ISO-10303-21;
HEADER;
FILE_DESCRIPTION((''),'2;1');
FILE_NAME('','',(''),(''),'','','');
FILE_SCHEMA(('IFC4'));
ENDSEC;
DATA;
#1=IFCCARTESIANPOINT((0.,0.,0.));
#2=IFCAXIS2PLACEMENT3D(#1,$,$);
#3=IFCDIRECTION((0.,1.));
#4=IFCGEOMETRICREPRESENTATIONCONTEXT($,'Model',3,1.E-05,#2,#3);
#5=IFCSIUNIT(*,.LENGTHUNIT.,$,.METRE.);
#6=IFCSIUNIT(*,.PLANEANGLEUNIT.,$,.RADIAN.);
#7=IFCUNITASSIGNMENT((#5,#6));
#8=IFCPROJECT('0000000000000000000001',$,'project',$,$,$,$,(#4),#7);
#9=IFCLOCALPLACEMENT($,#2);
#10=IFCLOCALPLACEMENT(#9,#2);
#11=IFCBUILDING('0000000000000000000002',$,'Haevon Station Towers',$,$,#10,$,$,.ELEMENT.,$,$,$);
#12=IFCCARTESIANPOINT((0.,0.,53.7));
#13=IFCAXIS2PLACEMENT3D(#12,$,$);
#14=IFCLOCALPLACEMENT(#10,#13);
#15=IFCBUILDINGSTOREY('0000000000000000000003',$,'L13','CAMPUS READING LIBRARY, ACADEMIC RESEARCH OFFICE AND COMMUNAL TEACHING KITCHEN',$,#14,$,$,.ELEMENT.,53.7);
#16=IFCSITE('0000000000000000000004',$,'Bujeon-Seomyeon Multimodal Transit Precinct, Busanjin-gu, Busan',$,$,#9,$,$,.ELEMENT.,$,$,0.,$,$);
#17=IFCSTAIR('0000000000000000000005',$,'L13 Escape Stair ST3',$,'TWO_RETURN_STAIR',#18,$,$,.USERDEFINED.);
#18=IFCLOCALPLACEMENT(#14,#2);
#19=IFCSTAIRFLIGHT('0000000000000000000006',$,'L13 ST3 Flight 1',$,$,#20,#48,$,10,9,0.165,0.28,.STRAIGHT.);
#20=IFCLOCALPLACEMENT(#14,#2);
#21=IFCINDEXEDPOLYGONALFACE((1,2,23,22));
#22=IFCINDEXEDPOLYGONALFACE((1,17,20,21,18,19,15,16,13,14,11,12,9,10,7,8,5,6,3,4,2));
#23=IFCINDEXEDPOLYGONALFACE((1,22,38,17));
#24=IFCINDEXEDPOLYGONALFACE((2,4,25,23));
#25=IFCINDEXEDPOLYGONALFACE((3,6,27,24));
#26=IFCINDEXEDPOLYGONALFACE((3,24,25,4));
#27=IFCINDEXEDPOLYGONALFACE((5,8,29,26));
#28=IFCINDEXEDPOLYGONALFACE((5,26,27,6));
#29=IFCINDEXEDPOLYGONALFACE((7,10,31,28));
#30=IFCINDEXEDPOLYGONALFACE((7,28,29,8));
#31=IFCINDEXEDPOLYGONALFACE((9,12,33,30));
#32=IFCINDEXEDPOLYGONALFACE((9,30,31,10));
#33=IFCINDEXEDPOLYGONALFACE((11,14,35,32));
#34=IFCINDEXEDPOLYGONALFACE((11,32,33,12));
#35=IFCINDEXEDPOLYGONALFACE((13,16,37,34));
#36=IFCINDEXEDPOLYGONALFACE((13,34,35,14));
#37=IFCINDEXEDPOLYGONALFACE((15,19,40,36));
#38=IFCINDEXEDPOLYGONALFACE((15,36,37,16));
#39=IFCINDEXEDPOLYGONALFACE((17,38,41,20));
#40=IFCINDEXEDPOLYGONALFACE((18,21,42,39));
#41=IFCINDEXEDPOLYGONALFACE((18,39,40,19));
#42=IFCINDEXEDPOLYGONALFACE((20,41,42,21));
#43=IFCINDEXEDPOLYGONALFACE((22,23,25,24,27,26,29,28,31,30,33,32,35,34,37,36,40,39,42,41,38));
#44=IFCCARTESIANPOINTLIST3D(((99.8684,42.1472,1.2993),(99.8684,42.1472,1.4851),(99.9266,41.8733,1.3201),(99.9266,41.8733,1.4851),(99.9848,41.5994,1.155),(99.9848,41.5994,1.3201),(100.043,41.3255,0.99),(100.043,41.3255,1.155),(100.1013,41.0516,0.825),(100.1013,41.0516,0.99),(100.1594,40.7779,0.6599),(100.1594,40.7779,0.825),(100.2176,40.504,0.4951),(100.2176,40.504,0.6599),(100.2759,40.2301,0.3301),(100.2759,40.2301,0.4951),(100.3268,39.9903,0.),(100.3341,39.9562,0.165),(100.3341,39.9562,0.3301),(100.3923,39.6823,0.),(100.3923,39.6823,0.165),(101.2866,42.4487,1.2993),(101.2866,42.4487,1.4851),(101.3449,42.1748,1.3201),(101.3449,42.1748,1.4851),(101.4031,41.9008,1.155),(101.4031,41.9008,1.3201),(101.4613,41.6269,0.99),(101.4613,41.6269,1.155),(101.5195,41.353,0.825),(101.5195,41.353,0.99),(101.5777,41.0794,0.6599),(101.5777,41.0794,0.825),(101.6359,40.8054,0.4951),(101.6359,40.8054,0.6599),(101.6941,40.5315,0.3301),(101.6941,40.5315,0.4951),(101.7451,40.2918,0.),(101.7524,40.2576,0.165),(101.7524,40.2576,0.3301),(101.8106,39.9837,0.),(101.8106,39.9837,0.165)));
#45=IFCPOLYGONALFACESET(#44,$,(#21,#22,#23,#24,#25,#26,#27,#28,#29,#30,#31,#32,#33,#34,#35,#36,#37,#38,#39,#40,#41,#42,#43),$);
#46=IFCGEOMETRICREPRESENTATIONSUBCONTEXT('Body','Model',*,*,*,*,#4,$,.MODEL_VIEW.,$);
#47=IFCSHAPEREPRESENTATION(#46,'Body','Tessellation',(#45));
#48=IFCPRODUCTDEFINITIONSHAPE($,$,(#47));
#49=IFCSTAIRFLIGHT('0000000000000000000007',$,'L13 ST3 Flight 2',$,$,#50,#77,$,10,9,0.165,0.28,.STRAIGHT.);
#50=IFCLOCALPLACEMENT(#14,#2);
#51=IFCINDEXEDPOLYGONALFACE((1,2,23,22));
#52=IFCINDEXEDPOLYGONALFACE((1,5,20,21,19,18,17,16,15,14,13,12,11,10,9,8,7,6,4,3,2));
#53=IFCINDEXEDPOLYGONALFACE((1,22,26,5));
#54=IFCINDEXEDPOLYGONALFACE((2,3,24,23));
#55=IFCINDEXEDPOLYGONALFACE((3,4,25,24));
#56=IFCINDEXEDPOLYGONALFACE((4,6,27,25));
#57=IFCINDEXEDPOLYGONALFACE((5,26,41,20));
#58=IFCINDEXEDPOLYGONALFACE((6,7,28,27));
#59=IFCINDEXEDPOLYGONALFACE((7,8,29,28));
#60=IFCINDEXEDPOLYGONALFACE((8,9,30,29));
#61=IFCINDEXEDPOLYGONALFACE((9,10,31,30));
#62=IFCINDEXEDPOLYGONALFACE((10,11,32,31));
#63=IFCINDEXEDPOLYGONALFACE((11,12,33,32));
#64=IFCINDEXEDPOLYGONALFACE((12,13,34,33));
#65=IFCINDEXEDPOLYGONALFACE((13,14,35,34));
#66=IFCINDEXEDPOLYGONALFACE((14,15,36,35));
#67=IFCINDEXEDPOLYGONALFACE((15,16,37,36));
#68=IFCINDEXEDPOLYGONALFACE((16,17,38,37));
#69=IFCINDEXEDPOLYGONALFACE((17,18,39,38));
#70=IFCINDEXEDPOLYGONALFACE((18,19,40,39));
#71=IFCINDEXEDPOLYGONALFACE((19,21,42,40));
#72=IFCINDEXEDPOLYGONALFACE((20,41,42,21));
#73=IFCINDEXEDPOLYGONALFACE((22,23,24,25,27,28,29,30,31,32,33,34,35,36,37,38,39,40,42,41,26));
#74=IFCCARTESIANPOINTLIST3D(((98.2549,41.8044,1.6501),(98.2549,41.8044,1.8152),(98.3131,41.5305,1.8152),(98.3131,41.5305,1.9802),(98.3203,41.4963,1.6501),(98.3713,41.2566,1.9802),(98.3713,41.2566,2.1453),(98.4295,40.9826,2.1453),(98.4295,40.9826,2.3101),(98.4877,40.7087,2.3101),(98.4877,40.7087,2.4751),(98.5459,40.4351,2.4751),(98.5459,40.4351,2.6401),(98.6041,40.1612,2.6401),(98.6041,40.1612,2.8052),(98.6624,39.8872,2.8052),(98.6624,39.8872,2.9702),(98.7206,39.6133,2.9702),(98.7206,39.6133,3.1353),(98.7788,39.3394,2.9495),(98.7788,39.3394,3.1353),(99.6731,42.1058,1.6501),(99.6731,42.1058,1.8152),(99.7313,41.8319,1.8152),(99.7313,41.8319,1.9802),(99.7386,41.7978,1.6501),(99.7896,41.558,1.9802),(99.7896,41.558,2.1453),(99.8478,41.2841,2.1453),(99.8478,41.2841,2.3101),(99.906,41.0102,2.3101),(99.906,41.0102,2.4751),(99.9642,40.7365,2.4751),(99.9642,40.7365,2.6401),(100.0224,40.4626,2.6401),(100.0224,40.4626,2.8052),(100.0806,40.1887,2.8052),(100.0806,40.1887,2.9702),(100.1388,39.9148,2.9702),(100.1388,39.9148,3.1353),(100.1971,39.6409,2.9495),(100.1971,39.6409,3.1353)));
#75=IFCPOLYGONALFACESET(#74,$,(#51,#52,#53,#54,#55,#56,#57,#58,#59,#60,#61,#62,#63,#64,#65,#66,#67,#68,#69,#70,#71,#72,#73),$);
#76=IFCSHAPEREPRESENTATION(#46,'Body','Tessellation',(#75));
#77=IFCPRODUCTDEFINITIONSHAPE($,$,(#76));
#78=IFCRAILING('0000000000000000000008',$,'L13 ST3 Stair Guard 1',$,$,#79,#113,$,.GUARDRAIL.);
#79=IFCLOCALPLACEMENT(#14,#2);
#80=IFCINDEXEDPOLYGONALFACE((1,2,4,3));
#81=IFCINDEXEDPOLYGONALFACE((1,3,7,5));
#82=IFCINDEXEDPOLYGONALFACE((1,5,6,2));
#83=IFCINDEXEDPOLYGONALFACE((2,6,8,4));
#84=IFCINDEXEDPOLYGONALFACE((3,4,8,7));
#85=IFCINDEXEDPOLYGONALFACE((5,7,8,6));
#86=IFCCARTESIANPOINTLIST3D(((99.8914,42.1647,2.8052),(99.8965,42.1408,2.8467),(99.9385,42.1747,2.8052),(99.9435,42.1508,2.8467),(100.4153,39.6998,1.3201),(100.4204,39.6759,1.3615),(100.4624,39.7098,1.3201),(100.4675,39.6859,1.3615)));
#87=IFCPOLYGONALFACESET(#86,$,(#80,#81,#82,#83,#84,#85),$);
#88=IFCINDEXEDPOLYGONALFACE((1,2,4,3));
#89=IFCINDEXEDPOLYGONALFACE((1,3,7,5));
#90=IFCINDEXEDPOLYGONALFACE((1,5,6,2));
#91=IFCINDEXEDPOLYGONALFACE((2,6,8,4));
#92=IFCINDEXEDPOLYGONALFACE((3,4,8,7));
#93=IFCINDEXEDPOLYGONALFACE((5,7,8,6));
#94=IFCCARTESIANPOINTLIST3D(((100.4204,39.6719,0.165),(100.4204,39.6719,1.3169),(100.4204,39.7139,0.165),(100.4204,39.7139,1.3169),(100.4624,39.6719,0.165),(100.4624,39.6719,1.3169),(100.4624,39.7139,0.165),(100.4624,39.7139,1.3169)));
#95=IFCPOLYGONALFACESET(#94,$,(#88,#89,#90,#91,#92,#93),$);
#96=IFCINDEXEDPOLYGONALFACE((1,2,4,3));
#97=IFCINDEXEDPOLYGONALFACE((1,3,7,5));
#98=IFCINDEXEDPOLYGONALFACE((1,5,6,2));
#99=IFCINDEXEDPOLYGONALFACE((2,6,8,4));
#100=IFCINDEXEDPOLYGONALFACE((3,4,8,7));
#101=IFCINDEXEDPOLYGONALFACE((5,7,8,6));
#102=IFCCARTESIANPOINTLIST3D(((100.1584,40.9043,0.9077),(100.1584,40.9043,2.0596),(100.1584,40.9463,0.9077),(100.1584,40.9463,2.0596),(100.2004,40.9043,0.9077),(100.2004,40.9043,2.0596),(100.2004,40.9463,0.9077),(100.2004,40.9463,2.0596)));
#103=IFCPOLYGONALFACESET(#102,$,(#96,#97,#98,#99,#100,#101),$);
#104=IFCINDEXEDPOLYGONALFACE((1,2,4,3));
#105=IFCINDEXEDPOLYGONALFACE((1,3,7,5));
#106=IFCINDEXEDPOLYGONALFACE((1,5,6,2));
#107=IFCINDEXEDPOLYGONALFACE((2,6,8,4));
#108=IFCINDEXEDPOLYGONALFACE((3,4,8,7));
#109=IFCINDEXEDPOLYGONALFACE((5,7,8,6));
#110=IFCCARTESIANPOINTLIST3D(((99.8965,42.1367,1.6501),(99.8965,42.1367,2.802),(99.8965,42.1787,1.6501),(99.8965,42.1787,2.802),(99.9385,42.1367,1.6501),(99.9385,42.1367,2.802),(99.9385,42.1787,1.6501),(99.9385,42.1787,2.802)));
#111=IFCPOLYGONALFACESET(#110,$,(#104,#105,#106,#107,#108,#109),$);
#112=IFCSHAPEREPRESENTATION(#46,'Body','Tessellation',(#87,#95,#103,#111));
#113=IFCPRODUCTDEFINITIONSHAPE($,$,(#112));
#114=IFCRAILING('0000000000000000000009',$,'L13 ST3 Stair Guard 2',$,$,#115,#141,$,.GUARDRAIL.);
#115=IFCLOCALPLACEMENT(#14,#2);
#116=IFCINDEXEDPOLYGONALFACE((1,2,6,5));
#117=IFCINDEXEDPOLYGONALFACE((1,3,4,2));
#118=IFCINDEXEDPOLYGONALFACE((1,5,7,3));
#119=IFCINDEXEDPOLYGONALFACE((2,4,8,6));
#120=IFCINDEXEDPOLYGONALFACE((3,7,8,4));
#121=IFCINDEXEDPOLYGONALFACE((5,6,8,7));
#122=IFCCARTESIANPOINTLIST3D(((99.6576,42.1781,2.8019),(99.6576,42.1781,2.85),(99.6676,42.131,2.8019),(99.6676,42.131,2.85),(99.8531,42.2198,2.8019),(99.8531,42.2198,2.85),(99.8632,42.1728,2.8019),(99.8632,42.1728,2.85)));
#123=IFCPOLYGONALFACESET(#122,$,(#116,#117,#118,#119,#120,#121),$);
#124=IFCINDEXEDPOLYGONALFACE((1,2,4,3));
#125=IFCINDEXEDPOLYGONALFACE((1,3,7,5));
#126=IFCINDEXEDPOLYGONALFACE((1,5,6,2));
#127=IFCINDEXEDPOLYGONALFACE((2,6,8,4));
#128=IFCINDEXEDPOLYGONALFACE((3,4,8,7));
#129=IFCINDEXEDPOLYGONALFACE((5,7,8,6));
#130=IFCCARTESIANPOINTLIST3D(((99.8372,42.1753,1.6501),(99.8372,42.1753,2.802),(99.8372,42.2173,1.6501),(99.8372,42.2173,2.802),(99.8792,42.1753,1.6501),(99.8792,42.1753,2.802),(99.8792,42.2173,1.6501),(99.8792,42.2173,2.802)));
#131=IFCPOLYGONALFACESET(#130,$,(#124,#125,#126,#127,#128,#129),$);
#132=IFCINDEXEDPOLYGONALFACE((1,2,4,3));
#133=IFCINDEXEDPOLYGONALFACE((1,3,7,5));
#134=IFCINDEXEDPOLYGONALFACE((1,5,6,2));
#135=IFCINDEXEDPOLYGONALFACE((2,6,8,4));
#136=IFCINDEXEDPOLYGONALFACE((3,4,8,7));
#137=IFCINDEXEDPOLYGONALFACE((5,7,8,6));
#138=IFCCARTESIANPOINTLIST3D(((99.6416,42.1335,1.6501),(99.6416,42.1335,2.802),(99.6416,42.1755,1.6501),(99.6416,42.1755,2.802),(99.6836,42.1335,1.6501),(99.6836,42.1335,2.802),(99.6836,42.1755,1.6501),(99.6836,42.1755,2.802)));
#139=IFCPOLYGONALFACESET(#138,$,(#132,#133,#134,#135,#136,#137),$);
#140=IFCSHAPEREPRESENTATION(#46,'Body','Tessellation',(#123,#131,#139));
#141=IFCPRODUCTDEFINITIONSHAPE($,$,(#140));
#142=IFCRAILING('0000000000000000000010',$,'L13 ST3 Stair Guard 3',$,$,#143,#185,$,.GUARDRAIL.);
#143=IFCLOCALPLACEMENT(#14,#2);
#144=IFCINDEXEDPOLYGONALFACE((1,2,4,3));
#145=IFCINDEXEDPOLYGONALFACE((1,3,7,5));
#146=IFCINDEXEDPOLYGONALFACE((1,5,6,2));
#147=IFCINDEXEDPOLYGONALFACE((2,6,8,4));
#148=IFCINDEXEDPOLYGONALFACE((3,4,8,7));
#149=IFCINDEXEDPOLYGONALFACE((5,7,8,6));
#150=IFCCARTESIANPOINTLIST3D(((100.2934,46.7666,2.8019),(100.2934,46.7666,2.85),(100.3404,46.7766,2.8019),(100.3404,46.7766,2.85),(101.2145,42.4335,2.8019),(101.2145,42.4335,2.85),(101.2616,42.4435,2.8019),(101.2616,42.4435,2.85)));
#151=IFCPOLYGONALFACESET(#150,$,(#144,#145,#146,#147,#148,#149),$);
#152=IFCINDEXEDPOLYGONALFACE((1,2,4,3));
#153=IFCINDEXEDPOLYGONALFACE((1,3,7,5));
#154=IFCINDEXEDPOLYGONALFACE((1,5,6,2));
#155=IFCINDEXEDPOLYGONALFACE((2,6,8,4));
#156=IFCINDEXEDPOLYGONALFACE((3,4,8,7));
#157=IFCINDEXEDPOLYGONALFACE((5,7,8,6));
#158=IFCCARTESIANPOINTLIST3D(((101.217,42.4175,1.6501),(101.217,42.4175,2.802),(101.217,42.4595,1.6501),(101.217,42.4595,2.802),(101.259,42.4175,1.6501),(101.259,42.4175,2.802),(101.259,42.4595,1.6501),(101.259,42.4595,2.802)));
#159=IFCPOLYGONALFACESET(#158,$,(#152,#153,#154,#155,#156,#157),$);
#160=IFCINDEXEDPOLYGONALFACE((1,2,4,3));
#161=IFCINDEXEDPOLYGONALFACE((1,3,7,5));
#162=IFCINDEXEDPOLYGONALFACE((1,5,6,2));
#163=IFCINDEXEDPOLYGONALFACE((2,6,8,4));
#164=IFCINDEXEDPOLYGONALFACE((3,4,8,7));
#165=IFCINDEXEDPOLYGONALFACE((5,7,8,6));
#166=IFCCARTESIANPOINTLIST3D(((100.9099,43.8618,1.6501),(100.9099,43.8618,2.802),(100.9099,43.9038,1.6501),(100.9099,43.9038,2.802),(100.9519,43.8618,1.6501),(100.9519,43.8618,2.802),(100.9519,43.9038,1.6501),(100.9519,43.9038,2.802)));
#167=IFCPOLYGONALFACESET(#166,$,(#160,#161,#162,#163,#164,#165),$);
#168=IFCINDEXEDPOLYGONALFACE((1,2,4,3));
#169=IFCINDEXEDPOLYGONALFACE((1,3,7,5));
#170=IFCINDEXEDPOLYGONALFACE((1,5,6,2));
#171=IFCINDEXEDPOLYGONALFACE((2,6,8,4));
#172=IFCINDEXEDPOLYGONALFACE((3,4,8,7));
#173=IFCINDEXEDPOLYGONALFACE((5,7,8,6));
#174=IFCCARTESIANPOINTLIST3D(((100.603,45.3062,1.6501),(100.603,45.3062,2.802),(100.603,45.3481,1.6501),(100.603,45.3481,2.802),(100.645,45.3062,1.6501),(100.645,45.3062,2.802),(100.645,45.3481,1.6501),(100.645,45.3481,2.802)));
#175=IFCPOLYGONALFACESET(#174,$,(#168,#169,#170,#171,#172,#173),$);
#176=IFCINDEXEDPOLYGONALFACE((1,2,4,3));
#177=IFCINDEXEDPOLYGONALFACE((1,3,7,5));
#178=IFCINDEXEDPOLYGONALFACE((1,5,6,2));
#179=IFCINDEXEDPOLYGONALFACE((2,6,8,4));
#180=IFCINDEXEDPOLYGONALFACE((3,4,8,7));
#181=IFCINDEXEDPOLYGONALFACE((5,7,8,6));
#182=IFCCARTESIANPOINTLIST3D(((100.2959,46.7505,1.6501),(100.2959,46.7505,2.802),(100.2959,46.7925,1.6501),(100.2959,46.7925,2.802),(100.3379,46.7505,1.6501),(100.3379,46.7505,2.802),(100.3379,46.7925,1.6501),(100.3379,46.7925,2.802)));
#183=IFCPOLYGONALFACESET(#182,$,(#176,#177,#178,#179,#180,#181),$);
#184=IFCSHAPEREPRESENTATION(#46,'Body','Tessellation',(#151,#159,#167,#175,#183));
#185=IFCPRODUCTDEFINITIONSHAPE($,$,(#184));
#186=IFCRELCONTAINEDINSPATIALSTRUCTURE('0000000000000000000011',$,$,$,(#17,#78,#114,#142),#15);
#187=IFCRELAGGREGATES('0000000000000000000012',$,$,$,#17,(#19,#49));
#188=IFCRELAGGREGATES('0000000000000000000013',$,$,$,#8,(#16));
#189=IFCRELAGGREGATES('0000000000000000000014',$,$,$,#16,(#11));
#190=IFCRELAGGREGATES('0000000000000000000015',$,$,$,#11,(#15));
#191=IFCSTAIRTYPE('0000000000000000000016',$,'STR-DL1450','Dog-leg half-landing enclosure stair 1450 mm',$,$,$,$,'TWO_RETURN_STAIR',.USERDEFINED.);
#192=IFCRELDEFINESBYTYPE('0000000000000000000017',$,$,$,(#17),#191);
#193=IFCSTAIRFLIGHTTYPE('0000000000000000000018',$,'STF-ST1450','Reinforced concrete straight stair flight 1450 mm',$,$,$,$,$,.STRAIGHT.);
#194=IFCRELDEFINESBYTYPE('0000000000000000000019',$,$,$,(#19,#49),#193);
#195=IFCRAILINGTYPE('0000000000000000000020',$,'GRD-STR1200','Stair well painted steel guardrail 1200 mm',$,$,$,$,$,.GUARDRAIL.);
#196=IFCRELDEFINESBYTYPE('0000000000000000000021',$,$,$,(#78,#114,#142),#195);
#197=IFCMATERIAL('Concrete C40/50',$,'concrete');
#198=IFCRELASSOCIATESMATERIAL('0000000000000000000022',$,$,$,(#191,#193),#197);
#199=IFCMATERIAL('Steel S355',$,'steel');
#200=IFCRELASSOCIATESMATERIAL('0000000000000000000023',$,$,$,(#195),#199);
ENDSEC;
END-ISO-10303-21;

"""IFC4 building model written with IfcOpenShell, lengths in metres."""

from ifc_helpers import new_model, si_unit, direction, frame, origin, origin_2d, place, context, subcontext, project, spatial, polyline, rectangle, outline, extrude, material, type_object, element, aggregate, save


model = new_model("IFC4")

# Units and contexts
model_context = context("Model", 3, precision=1e-05, world=origin(), true_north=direction((0.0, 1.0)))
body_context = subcontext(model_context, "Body", "Model", "MODEL_VIEW")
ifc_project = project(units=[si_unit("LENGTHUNIT", "METRE"), si_unit("PLANEANGLEUNIT", "RADIAN")], contexts=[model_context])

# Site, building, storey
site_placement = place(None, origin())
site = spatial("IfcSite", under=ifc_project, at=site_placement, Name="Bujeon-Seomyeon Multimodal Transit Precinct, Busanjin-gu, Busan", CompositionType="ELEMENT", RefElevation=0.0)
building_placement = place(site_placement, origin())
building = spatial("IfcBuilding", under=site, at=building_placement, Name="Haevon Station Towers", CompositionType="ELEMENT")
storey_placement = place(building_placement, frame((0.0, 0.0, 53.7)))
storey = spatial("IfcBuildingStorey", under=building, at=storey_placement, Name="L13", Description="CAMPUS READING LIBRARY, ACADEMIC RESEARCH OFFICE AND COMMUNAL TEACHING KITCHEN", CompositionType="ELEMENT", Elevation=53.7)

# Shared definitions
ifc_material_1 = material(Name="Steel S355", Category="steel")

# Shared definitions
ifc_material_2 = material(Name="Concrete C40/50", Category="concrete")

# Stair, stair flights
stair_type = type_object("IfcStairType", Name="STR-DL1450", Description="Dog-leg half-landing enclosure stair 1450 mm", ElementType="TWO_RETURN_STAIR", PredefinedType="USERDEFINED", material=ifc_material_2)
stair_placement = place(storey_placement, origin())
stair = element("IfcStair", 1, at=stair_placement, inside=storey, type_object=stair_type, Name="L13 Escape Stair ST3", ObjectType="TWO_RETURN_STAIR", PredefinedType="USERDEFINED")
stair_flight_type = type_object("IfcStairFlightType", Name="STF-ST1450", Description="Reinforced concrete straight stair flight 1450 mm", PredefinedType="STRAIGHT", material=ifc_material_2)
stair_flight_1_placement = place(storey_placement, frame((101.1016, 39.833, 0.0), z_axis=(0.0, 0.0, 1.0), x_axis=(-0.207912, 0.978148, 0.0)))
stair_flight_1 = element("IfcStairFlight", 2, at=stair_flight_1_placement, type_object=stair_flight_type, Name="L13 ST3 Flight 1", NumberOfRisers=10, NumberOfTreads=9, PredefinedType="STRAIGHT", RiserHeight=0.165, TreadLength=0.28, context=body_context, shape_type="SweptSolid", body=[
    extrude(outline(polyline([(0.0, 0.0), (0.0, 0.165), (0.28, 0.165), (0.28, 0.3301), (0.5601, 0.3301), (0.5601, 0.4951), (0.8401, 0.4951), (0.8401, 0.6599), (1.1201, 0.6599), (1.1201, 0.825), (1.3999, 0.825), (1.3999, 0.99), (1.6799, 0.99), (1.6799, 1.155), (1.96, 1.155), (1.96, 1.3201), (2.24, 1.3201), (2.24, 1.4851), (2.52, 1.4851), (2.52, 1.6499), (2.52, 1.2993), (0.3149, 0.0), (0.0, 0.0)])), frame((0.0, 0.7251, 0.0), z_axis=(0.0, -1.0, 0.0), x_axis=(1.0, 0.0, 0.0)), (0.0, 0.0, 1.0), 1.45),
])
stair_flight_2_placement = place(storey_placement, frame((98.9639, 41.9551, 1.6501), z_axis=(0.0, 0.0, 1.0), x_axis=(0.207912, -0.978148, 0.0)))
stair_flight_2 = element("IfcStairFlight", 3, at=stair_flight_2_placement, type_object=stair_flight_type, Name="L13 ST3 Flight 2", NumberOfRisers=10, NumberOfTreads=9, PredefinedType="STRAIGHT", RiserHeight=0.165, TreadLength=0.28, context=body_context, shape_type="SweptSolid", body=[
    extrude(outline(polyline([(0.0, 0.0), (0.0, 0.165), (0.28, 0.165), (0.28, 0.3301), (0.5601, 0.3301), (0.5601, 0.4951), (0.8401, 0.4951), (0.8401, 0.6599), (1.1201, 0.6599), (1.1201, 0.825), (1.3999, 0.825), (1.3999, 0.99), (1.6799, 0.99), (1.6799, 1.155), (1.96, 1.155), (1.96, 1.3201), (2.24, 1.3201), (2.24, 1.4851), (2.52, 1.4851), (2.52, 1.6499), (2.52, 1.2993), (0.3149, 0.0), (0.0, 0.0)])), frame((0.0, 0.7251, 0.0), z_axis=(0.0, -1.0, 0.0), x_axis=(1.0, 0.0, 0.0)), (0.0, 0.0, 1.0), 1.45),
])
aggregate(stair, [stair_flight_1, stair_flight_2])

# Railings
railing_type_1 = type_object("IfcRailingType", Name="GRD-STR1200", Description="Stair well painted steel guardrail 1200 mm", PredefinedType="GUARDRAIL", material=ifc_material_1)
railing_1_placement = place(storey_placement, frame((100.4414, 39.6929, 0.165)))
element("IfcRailing", 4, at=railing_1_placement, inside=storey, type_object=railing_type_1, Name="L13 ST3 Stair Guard 1", PredefinedType="GUARDRAIL", context=body_context, shape_type="SweptSolid", body=[
    extrude(rectangle(XDim=0.0481, YDim=0.0481, at=origin_2d()), frame((0.0, 0.0, 1.1758), z_axis=(-0.179121, 0.842688, 0.507733), x_axis=(-0.978147, -0.207914, 0.0)), (0.0, 0.0, 1.0), 2.925),
    extrude(rectangle(XDim=0.042, YDim=0.042, at=origin_2d()), origin(), (0.0, 0.0, 1.0), 1.1519),
    extrude(rectangle(XDim=0.042, YDim=0.042, at=origin_2d()), frame((-0.262, 1.2324, 0.7427)), (0.0, 0.0, 1.0), 1.1519),
    extrude(rectangle(XDim=0.042, YDim=0.042, at=origin_2d()), frame((-0.5239, 2.4648, 1.4851)), (0.0, 0.0, 1.0), 1.1519),
])
railing_2_placement = place(storey_placement, frame((99.8582, 42.1963, 1.6501)))
element("IfcRailing", 5, at=railing_2_placement, inside=storey, type_object=railing_type_1, Name="L13 ST3 Stair Guard 2", PredefinedType="GUARDRAIL", context=body_context, shape_type="SweptSolid", body=[
    extrude(rectangle(XDim=0.0481, YDim=0.0481, at=origin_2d()), frame((0.0, 0.0, 1.1758), z_axis=(-0.977963, -0.208779, 0.0), x_axis=(0.208779, -0.977963, 0.0)), (0.0, 0.0, 1.0), 0.2),
    extrude(rectangle(XDim=0.042, YDim=0.042, at=origin_2d()), origin(), (0.0, 0.0, 1.0), 1.1519),
    extrude(rectangle(XDim=0.042, YDim=0.042, at=origin_2d()), frame((-0.1956, -0.0417, 0.0)), (0.0, 0.0, 1.0), 1.1519),
])
railing_3_placement = place(storey_placement, frame((101.238, 42.4385, 1.6501)))
element("IfcRailing", 6, at=railing_3_placement, inside=storey, type_object=railing_type_1, Name="L13 ST3 Stair Guard 3", PredefinedType="GUARDRAIL", context=body_context, shape_type="SweptSolid", body=[
    extrude(rectangle(XDim=0.0481, YDim=0.0481, at=origin_2d()), frame((0.0, 0.0, 1.1758), z_axis=(-0.20794, 0.978141, 0.0), x_axis=(-0.978141, -0.20794, 0.0)), (0.0, 0.0, 1.0), 4.4299),
    extrude(rectangle(XDim=0.042, YDim=0.042, at=origin_2d()), origin(), (0.0, 0.0, 1.0), 1.1519),
    extrude(rectangle(XDim=0.042, YDim=0.042, at=origin_2d()), frame((-0.3071, 1.4443, 0.0)), (0.0, 0.0, 1.0), 1.1519),
    extrude(rectangle(XDim=0.042, YDim=0.042, at=origin_2d()), frame((-0.614, 2.8887, 0.0)), (0.0, 0.0, 1.0), 1.1519),
    extrude(rectangle(XDim=0.042, YDim=0.042, at=origin_2d()), frame((-0.9211, 4.333, 0.0)), (0.0, 0.0, 1.0), 1.1519),
])

save(model, "model.ifc")
